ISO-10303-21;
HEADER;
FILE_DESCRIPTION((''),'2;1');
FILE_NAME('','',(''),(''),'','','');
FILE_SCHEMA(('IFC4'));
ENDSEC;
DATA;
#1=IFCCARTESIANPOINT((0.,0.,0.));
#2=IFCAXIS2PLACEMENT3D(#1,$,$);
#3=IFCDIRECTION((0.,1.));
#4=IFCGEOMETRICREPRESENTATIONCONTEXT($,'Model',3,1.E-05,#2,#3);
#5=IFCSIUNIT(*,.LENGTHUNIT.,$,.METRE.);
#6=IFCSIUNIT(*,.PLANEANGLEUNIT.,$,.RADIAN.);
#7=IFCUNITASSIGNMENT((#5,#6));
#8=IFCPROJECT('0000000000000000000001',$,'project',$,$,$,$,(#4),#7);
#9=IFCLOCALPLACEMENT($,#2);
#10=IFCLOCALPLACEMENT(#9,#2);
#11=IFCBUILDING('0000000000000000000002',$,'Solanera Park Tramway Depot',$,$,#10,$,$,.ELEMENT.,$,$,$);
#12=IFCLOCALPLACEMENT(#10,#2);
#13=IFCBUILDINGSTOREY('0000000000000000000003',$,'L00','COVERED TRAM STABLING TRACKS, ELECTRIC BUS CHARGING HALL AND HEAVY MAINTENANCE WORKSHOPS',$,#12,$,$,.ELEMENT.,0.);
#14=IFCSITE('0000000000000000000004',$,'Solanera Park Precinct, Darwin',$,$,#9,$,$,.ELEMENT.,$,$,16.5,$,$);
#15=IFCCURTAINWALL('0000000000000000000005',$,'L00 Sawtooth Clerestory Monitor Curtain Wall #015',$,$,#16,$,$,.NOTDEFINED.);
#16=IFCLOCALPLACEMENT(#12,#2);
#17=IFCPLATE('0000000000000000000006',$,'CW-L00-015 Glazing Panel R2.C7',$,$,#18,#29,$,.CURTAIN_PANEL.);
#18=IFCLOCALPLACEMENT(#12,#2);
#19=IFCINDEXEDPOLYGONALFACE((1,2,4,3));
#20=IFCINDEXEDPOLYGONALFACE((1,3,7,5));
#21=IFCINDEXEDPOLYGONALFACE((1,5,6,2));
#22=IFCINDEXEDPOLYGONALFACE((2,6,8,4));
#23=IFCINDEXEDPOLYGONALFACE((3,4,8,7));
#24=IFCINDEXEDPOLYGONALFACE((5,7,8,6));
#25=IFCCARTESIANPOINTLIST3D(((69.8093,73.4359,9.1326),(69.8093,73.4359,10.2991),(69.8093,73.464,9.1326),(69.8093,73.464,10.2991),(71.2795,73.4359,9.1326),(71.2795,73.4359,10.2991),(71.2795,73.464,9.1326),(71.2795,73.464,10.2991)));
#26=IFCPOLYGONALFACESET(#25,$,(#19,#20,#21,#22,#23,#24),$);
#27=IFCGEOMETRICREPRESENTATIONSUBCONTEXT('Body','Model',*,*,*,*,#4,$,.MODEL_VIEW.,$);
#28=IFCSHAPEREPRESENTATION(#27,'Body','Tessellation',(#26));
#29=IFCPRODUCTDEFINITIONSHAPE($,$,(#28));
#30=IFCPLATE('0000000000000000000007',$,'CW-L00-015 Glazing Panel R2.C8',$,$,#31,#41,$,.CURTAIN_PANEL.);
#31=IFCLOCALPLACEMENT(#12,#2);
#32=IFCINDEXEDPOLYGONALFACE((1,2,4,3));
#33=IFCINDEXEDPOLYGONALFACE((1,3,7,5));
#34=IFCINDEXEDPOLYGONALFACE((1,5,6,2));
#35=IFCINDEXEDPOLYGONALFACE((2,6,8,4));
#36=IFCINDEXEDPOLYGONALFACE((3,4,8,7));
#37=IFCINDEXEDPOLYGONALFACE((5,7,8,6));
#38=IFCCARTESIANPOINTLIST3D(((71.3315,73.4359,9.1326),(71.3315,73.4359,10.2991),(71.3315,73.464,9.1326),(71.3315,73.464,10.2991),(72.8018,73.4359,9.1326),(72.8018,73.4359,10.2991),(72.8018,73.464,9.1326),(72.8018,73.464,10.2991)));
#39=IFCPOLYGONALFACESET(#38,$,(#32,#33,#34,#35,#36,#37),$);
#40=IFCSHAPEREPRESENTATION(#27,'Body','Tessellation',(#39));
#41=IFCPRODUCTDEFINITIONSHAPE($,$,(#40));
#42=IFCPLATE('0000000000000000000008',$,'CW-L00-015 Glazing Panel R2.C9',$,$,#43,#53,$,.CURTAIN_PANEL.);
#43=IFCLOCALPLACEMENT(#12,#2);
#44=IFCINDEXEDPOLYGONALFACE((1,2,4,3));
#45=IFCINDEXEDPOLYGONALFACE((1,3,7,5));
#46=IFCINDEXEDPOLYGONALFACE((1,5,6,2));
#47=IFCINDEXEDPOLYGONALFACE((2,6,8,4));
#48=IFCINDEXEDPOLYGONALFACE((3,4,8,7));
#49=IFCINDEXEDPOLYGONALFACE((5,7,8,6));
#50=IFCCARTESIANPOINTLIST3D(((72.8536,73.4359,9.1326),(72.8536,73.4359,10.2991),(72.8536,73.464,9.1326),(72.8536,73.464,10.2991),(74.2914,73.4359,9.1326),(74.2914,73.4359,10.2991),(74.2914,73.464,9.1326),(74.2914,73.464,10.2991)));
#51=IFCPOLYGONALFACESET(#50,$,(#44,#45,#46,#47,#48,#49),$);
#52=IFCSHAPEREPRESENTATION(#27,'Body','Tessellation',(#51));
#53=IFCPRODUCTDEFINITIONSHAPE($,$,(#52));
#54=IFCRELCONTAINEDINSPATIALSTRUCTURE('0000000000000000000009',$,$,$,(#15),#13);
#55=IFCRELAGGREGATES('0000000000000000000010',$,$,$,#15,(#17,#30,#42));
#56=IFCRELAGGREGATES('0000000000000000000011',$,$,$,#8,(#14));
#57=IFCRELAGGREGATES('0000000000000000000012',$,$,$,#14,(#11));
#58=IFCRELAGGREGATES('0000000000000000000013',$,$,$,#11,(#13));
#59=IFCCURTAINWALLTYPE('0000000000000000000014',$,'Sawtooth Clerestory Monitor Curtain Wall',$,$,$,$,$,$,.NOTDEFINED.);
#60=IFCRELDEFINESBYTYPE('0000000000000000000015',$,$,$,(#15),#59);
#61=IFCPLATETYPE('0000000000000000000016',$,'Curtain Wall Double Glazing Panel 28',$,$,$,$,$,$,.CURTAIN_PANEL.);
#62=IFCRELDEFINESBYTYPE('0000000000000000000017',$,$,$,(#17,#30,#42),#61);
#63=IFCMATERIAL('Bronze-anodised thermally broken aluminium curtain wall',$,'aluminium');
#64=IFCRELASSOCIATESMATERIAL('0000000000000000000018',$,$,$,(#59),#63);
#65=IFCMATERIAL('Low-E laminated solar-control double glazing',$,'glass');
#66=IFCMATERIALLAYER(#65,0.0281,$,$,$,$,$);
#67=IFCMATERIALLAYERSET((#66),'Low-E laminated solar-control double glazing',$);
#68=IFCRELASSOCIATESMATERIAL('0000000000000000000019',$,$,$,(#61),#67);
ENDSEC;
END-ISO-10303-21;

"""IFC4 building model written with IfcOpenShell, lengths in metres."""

from ifc_helpers import new_model, si_unit, direction, frame, origin, origin_2d, place, context, subcontext, project, spatial, rectangle, extrude, material, layer, layer_set, type_object, element, aggregate, save


model = new_model("IFC4")

# Units and contexts
model_context = context("Model", 3, precision=1e-05, world=origin(), true_north=direction((0.0, 1.0)))
body_context = subcontext(model_context, "Body", "Model", "MODEL_VIEW")
ifc_project = project(units=[si_unit("LENGTHUNIT", "METRE"), si_unit("PLANEANGLEUNIT", "RADIAN")], contexts=[model_context])

# Site, building, storey
site_placement = place(None, origin())
site = spatial("IfcSite", under=ifc_project, at=site_placement, Name="Solanera Park Precinct, Darwin", CompositionType="ELEMENT", RefElevation=16.5)
building_placement = place(site_placement, origin())
building = spatial("IfcBuilding", under=site, at=building_placement, Name="Solanera Park Tramway Depot", CompositionType="ELEMENT")
storey_placement = place(building_placement, origin())
storey = spatial("IfcBuildingStorey", under=building, at=storey_placement, Name="L00", Description="COVERED TRAM STABLING TRACKS, ELECTRIC BUS CHARGING HALL AND HEAVY MAINTENANCE WORKSHOPS", CompositionType="ELEMENT", Elevation=0.0)

# Curtain wall, plates
ifc_material_1 = material(Name="Bronze-anodised thermally broken aluminium curtain wall", Category="aluminium")
curtain_wall_type = type_object("IfcCurtainWallType", Name="Sawtooth Clerestory Monitor Curtain Wall", PredefinedType="NOTDEFINED", material=ifc_material_1)
curtain_wall_placement = place(storey_placement, origin())
curtain_wall = element("IfcCurtainWall", 1, at=curtain_wall_placement, inside=storey, type_object=curtain_wall_type, Name="L00 Sawtooth Clerestory Monitor Curtain Wall #015", PredefinedType="NOTDEFINED")
ifc_material_2 = material(Name="Low-E laminated solar-control double glazing", Category="glass")
ifc_layer = layer(ifc_material_2, 0.0281)
ifc_layer_set = layer_set([ifc_layer], Name="Low-E laminated solar-control double glazing")
plate_type = type_object("IfcPlateType", Name="Curtain Wall Double Glazing Panel 28", PredefinedType="CURTAIN_PANEL", material=ifc_layer_set)
plate_1_placement = place(storey_placement, frame((70.5444, 73.45, 9.1326), z_axis=(0.0, 0.0, 1.0), x_axis=(1.0, 0.0, 0.0)))
plate_1 = element("IfcPlate", 2, at=plate_1_placement, type_object=plate_type, Name="CW-L00-015 Glazing Panel R2.C7", PredefinedType="CURTAIN_PANEL", context=body_context, shape_type="SweptSolid", body=[
    extrude(rectangle(XDim=1.4702, YDim=0.0281, at=origin_2d()), origin(), (0.0, 0.0, 1.0), 1.1665),
])
plate_2_placement = place(storey_placement, frame((72.0667, 73.45, 9.1326), z_axis=(0.0, 0.0, 1.0), x_axis=(1.0, 0.0, 0.0)))
plate_2 = element("IfcPlate", 3, at=plate_2_placement, type_object=plate_type, Name="CW-L00-015 Glazing Panel R2.C8", PredefinedType="CURTAIN_PANEL", context=body_context, shape_type="SweptSolid", body=[
    extrude(rectangle(XDim=1.4702, YDim=0.0281, at=origin_2d()), origin(), (0.0, 0.0, 1.0), 1.1665),
])
plate_3_placement = place(storey_placement, frame((73.5725, 73.45, 9.1326), z_axis=(0.0, 0.0, 1.0), x_axis=(1.0, 0.0, 0.0)))
plate_3 = element("IfcPlate", 4, at=plate_3_placement, type_object=plate_type, Name="CW-L00-015 Glazing Panel R2.C9", PredefinedType="CURTAIN_PANEL", context=body_context, shape_type="SweptSolid", body=[
    extrude(rectangle(XDim=1.4377, YDim=0.0281, at=origin_2d()), origin(), (0.0, 0.0, 1.0), 1.1665),
])
aggregate(curtain_wall, [plate_1, plate_2, plate_3])

save(model, "model.ifc")
